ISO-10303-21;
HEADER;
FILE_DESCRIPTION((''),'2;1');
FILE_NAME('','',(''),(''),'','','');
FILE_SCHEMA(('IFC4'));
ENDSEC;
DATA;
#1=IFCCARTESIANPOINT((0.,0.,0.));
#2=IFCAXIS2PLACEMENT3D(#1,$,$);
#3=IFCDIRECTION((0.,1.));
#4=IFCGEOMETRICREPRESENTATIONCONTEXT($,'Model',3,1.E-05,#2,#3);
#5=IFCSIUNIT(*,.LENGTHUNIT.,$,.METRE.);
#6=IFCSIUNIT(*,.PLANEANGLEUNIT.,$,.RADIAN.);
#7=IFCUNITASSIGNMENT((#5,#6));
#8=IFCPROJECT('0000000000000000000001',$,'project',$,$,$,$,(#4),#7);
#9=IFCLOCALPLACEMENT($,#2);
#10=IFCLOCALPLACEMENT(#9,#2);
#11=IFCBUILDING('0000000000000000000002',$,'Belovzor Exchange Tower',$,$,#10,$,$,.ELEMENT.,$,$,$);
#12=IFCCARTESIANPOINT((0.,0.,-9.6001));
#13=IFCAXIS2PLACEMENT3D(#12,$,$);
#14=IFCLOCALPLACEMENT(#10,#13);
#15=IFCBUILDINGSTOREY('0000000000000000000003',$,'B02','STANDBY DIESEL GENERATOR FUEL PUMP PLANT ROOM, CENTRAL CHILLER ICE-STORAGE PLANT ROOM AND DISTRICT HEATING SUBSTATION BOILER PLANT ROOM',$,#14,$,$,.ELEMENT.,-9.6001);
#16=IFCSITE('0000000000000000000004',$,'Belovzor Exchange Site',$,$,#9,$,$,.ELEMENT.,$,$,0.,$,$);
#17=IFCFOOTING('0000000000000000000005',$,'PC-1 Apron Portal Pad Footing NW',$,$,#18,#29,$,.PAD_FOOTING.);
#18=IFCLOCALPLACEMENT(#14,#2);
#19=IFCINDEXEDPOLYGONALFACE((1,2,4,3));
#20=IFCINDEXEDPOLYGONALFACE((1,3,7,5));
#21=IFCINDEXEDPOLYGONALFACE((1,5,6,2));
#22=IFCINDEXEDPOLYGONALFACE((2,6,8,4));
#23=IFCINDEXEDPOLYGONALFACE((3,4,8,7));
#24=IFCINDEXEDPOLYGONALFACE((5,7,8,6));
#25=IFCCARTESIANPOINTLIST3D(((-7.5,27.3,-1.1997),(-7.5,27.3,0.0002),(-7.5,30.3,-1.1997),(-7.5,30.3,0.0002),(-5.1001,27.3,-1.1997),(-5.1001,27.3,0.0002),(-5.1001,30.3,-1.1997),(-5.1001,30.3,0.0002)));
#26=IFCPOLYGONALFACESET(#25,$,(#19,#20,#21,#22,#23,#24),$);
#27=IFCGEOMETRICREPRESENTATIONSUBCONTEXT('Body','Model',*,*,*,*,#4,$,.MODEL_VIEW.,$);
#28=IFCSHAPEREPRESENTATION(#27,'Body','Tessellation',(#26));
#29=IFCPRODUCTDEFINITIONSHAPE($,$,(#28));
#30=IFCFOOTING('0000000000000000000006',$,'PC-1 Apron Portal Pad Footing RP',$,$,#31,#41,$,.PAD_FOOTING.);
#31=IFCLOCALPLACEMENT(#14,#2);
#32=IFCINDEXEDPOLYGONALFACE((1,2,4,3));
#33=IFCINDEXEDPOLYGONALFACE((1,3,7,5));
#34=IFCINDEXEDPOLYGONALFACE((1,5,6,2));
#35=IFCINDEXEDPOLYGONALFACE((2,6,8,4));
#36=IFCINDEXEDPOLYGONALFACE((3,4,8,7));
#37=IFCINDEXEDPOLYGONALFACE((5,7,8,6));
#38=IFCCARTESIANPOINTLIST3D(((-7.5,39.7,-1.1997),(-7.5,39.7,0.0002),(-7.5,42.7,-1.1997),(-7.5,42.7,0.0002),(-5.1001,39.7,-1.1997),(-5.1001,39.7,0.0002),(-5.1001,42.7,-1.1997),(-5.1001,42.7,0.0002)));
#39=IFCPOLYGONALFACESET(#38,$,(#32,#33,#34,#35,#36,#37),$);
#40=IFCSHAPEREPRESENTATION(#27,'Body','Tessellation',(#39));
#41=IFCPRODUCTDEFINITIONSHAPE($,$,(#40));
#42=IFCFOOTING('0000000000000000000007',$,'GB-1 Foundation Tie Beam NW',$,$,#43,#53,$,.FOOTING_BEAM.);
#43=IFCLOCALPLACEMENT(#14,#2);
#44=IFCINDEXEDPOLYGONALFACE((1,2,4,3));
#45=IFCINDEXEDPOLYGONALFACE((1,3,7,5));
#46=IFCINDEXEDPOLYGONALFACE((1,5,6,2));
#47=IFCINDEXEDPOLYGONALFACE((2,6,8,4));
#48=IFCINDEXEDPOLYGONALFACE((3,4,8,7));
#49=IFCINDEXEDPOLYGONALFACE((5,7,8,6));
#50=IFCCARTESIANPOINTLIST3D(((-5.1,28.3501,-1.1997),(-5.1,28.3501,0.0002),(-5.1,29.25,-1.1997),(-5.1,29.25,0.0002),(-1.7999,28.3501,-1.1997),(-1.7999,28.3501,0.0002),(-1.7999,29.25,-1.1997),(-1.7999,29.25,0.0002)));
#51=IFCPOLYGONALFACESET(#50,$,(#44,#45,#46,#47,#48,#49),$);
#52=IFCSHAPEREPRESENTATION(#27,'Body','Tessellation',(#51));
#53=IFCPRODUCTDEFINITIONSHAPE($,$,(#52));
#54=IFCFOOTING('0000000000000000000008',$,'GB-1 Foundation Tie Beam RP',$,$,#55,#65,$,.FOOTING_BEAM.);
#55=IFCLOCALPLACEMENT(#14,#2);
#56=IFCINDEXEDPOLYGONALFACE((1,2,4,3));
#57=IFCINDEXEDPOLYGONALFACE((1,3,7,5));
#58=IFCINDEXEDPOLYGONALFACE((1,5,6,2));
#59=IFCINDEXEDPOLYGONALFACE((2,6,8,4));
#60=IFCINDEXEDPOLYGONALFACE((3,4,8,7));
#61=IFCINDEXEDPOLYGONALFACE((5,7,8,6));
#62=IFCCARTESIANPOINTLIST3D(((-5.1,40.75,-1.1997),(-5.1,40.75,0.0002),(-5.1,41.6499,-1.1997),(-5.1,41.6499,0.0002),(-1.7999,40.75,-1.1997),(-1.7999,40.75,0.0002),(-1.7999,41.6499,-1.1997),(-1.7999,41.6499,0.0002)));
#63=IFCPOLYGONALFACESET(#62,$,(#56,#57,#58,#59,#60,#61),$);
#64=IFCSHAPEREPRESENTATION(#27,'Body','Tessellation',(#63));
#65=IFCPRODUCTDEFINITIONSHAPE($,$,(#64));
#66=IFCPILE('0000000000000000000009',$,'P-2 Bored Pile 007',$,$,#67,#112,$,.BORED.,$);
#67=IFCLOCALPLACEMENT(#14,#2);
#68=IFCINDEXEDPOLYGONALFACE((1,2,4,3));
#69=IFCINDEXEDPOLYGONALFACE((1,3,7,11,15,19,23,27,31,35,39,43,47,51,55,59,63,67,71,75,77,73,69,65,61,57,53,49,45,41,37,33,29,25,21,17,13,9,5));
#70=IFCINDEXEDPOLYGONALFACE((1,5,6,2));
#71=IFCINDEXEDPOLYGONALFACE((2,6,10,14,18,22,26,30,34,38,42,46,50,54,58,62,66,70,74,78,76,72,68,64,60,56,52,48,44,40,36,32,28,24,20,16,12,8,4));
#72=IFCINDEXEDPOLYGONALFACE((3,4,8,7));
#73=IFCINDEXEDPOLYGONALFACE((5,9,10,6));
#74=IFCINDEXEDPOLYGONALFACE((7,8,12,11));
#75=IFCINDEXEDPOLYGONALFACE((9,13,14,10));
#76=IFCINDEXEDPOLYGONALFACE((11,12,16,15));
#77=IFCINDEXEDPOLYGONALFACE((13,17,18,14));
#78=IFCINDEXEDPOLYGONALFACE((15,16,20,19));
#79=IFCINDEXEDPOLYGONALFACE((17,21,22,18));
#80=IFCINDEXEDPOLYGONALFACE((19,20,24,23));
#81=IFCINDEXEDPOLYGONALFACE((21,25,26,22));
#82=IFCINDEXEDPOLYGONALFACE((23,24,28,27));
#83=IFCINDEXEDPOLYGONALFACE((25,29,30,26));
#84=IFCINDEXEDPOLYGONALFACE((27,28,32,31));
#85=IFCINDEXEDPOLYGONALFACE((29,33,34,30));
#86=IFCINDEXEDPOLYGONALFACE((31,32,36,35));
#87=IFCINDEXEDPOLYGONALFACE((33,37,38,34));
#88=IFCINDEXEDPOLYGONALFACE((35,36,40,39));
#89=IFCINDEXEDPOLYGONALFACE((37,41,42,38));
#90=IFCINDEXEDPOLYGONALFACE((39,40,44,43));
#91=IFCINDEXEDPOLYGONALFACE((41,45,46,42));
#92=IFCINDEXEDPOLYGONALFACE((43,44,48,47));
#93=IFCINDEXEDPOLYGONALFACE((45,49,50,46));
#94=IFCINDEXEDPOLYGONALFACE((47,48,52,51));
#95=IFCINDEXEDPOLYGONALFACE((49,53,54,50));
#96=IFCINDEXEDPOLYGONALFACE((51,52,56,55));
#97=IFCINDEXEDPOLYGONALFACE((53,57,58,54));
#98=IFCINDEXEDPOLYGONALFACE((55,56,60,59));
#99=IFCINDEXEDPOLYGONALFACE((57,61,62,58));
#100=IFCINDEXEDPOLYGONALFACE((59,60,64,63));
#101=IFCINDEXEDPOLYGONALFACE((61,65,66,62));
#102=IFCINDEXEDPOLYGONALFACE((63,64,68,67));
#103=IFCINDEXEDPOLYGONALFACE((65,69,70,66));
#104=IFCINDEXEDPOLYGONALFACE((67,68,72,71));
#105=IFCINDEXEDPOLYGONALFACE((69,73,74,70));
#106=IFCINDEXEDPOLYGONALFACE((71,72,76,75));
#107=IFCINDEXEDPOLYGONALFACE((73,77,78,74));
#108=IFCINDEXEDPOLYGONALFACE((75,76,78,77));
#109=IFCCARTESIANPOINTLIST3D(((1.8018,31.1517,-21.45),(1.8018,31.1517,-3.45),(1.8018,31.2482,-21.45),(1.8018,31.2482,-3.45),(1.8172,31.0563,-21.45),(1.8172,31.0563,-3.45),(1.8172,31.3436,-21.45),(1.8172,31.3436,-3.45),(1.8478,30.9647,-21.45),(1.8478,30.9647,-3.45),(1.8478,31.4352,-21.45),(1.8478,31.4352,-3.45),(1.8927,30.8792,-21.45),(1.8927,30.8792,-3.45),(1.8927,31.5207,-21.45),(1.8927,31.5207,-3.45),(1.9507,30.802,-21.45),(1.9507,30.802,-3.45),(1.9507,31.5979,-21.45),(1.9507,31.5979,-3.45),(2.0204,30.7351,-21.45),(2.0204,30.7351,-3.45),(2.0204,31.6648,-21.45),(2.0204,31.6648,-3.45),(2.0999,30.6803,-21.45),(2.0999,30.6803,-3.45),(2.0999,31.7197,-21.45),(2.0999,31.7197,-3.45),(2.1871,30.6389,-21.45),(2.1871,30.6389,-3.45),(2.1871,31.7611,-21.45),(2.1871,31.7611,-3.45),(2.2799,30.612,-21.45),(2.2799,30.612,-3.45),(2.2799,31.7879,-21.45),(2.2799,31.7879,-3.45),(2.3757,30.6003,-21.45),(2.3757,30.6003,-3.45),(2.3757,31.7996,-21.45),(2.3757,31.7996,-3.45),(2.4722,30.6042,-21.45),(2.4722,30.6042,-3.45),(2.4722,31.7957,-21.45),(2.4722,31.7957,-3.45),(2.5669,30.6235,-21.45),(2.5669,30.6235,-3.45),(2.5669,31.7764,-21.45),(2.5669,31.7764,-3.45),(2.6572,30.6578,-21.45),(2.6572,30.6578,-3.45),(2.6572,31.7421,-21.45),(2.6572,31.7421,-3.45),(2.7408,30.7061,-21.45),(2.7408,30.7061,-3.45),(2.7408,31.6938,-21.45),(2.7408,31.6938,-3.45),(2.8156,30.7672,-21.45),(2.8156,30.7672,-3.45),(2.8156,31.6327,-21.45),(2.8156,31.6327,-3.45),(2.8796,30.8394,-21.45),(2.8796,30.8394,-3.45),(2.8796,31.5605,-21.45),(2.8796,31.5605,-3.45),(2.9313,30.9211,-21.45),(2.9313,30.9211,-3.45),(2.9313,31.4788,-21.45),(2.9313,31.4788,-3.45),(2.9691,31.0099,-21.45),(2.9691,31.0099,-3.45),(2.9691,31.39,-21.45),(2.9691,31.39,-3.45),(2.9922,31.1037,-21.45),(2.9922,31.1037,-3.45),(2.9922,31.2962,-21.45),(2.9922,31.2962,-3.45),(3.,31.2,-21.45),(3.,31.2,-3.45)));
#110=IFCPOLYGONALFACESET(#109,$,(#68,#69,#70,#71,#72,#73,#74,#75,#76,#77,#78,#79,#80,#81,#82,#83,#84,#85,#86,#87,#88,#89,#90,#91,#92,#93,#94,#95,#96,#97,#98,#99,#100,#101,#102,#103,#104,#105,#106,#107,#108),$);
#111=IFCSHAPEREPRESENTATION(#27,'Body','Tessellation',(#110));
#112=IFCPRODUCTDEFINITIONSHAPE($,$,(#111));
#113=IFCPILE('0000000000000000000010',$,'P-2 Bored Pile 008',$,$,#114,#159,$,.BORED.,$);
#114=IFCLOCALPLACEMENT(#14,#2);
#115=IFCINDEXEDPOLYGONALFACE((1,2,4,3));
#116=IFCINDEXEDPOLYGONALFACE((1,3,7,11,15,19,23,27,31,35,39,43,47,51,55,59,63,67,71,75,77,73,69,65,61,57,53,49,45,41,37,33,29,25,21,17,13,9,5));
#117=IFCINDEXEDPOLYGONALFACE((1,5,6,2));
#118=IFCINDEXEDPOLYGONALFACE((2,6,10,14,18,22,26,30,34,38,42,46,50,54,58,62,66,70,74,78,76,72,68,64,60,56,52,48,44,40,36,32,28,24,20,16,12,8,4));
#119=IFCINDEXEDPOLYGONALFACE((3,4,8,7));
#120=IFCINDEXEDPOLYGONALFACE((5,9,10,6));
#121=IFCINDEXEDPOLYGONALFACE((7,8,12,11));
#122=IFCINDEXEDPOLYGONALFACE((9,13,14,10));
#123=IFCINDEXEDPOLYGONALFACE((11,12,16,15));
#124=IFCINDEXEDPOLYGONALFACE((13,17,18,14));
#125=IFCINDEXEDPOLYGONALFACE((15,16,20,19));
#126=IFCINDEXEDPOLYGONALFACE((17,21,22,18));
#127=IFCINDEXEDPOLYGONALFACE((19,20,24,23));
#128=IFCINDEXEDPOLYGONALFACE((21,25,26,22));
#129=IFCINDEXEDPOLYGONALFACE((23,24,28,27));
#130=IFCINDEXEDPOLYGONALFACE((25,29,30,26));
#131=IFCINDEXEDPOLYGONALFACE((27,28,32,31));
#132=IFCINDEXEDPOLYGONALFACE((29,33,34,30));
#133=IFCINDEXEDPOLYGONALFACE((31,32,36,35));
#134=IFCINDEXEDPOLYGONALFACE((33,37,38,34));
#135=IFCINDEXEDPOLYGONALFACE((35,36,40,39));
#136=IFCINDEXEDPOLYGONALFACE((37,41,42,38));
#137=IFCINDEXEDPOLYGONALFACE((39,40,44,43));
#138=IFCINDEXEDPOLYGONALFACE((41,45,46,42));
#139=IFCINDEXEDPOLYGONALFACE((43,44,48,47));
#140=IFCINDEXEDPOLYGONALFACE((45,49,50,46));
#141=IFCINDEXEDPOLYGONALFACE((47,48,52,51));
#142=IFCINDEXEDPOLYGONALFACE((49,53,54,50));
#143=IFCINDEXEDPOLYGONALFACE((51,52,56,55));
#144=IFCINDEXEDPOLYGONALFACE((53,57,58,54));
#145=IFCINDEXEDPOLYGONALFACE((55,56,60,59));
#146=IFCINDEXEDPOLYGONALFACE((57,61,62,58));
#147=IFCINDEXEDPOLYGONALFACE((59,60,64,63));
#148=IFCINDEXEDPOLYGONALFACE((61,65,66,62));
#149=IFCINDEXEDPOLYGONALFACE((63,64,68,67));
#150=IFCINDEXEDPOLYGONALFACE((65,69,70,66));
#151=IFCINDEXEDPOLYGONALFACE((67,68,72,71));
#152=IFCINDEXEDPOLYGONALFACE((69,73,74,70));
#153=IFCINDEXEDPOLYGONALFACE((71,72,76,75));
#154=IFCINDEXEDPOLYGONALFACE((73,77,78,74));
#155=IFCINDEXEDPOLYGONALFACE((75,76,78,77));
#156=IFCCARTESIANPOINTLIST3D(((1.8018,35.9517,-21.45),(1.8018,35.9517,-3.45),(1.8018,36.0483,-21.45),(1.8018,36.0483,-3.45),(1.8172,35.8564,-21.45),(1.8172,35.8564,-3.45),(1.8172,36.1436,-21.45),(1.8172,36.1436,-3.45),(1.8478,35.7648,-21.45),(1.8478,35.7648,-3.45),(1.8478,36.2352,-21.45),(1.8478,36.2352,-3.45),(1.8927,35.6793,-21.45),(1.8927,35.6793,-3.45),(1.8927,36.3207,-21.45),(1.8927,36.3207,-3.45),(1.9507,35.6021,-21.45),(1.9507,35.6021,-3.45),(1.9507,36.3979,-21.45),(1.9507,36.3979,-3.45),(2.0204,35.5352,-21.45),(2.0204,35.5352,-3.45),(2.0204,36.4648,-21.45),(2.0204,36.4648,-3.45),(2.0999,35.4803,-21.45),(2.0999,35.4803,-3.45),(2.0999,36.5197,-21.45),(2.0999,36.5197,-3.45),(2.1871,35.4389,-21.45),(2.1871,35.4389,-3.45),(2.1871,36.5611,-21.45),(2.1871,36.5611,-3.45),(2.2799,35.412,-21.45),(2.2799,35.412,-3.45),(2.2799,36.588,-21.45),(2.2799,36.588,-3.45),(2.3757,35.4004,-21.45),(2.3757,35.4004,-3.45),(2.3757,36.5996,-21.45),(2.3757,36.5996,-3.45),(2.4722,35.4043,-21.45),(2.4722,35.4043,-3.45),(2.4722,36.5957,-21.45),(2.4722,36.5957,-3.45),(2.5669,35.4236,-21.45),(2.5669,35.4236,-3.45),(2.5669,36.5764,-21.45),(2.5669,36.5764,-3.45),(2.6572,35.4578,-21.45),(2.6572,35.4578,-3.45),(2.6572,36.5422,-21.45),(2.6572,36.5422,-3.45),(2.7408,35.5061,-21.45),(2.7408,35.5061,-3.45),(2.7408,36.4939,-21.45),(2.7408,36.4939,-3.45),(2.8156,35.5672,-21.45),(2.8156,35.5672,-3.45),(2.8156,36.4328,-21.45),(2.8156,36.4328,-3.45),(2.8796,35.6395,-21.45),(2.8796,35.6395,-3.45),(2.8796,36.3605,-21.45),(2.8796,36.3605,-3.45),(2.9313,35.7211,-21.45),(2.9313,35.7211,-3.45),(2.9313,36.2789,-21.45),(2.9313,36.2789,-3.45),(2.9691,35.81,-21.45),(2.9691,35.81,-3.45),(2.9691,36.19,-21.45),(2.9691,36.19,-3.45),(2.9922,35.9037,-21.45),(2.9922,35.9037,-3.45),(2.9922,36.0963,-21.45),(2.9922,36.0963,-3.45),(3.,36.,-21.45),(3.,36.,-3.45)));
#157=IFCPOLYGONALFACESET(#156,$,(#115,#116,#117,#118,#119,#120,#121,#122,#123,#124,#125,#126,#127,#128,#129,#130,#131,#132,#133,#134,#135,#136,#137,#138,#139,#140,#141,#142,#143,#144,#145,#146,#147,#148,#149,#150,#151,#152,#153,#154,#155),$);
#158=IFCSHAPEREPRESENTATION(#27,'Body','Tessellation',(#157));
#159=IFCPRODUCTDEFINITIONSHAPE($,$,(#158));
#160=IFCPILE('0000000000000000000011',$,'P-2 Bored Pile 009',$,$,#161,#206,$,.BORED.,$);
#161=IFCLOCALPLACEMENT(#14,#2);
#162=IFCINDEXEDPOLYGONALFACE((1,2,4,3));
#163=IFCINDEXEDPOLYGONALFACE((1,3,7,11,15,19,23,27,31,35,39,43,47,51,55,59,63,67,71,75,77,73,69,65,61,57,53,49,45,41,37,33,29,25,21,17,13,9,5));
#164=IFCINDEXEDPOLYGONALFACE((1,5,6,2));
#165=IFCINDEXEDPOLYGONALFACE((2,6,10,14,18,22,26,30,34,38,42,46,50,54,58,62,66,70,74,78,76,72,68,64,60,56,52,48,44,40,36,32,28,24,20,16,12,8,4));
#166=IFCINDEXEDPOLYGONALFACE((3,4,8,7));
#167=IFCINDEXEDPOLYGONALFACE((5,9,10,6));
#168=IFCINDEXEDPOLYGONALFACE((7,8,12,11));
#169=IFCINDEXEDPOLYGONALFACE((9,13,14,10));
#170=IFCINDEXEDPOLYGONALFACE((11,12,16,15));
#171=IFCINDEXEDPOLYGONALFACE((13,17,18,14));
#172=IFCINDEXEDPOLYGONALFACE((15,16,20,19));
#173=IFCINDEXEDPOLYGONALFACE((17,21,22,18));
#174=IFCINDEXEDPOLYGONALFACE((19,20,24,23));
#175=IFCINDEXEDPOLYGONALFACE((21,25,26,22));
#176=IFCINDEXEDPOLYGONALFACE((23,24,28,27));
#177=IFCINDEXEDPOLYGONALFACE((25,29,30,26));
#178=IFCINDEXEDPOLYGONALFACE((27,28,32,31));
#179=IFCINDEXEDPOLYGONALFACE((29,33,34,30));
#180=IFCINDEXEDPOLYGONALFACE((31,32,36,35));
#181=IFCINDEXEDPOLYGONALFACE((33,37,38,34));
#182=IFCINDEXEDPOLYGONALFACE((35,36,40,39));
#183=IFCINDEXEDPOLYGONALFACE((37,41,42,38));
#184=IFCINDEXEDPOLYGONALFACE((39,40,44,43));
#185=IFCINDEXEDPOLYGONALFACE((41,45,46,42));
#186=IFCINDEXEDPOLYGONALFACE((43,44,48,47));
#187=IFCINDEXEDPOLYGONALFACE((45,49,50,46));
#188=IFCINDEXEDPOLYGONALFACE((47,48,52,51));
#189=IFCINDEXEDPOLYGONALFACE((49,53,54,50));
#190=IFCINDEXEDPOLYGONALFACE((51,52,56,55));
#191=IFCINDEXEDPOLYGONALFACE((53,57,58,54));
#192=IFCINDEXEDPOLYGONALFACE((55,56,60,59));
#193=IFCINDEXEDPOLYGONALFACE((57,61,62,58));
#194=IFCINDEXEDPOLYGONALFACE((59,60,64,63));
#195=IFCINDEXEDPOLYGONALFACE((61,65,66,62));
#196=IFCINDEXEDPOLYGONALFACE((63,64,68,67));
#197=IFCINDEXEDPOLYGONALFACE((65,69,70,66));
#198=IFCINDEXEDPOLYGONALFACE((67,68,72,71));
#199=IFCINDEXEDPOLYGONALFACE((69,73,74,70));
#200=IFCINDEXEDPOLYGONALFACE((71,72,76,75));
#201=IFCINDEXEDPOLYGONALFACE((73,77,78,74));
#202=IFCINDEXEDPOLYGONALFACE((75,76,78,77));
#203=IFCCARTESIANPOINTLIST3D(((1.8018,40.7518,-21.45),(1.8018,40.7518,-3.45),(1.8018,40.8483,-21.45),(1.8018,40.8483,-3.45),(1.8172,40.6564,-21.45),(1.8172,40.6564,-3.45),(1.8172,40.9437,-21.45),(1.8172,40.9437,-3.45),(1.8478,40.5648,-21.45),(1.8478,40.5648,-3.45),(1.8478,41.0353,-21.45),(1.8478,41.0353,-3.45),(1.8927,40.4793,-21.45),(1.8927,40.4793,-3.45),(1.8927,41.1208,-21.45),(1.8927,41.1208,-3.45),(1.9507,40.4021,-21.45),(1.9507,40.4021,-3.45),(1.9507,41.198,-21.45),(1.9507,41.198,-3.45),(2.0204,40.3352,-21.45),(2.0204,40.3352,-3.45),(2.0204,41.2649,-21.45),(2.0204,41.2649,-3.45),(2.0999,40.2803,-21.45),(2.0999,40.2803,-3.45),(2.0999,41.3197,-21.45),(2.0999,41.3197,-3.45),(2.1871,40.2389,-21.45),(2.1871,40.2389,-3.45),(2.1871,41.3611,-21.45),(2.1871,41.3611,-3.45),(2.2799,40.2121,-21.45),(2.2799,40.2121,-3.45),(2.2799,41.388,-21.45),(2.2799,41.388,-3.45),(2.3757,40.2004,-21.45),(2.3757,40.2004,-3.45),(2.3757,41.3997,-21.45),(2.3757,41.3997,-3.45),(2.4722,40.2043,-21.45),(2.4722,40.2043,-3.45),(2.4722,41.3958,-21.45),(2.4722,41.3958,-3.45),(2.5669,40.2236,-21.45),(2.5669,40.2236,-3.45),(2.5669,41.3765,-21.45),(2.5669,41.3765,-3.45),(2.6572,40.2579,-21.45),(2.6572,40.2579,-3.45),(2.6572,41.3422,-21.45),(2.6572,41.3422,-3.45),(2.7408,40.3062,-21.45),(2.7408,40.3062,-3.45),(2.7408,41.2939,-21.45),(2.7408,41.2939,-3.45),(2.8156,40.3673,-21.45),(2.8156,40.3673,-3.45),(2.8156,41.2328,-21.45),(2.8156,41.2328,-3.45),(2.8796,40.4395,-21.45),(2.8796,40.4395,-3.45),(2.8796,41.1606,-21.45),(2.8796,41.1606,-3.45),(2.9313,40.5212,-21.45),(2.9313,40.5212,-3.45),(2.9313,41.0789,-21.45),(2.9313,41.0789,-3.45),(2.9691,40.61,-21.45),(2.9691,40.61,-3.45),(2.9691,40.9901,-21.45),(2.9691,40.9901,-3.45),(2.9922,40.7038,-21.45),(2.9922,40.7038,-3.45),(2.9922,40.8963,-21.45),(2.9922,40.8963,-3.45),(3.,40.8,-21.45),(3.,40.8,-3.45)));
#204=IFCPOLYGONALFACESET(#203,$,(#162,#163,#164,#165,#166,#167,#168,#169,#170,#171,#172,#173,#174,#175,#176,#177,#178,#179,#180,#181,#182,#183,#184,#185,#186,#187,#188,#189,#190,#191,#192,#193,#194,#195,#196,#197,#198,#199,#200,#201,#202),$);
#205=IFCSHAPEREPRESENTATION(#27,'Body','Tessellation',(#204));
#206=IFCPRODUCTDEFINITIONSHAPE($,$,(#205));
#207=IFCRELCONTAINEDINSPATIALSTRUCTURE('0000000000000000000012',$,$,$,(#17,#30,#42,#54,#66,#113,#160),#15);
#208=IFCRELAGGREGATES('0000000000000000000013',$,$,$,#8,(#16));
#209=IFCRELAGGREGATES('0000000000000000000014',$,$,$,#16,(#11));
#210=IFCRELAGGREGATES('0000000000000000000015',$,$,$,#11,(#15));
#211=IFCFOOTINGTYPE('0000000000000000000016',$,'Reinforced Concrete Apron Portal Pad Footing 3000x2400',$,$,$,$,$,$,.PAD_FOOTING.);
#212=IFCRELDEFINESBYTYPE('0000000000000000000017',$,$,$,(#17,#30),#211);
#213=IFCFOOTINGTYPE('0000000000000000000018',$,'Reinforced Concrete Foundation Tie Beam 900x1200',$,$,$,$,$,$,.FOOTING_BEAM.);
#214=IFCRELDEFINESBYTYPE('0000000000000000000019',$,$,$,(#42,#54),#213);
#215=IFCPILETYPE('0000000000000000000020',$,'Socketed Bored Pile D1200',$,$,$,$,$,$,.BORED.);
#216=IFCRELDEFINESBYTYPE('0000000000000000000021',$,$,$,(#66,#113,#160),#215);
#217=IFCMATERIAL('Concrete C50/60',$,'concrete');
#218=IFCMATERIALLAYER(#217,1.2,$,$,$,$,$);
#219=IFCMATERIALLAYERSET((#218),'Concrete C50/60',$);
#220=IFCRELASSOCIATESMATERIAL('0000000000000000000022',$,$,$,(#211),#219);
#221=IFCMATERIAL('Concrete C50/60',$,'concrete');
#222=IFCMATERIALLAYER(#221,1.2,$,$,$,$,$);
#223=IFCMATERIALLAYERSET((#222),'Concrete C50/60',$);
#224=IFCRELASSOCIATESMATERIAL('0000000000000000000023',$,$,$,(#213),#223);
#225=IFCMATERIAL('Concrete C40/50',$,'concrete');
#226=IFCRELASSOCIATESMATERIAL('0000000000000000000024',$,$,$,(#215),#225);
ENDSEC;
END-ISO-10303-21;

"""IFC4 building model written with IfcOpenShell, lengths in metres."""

from ifc_helpers import new_model, si_unit, direction, frame, origin, origin_2d, place, context, subcontext, project, spatial, rectangle, circle, extrude, material, layer, layer_set, material_profile, profile_set, type_object, element, save


model = new_model("IFC4")

# Units and contexts
model_context = context("Model", 3, precision=1e-05, world=origin(), true_north=direction((0.0, 1.0)))
body_context = subcontext(model_context, "Body", "Model", "MODEL_VIEW")
ifc_project = project(units=[si_unit("LENGTHUNIT", "METRE"), si_unit("PLANEANGLEUNIT", "RADIAN")], contexts=[model_context])

# Site, building, storey
site_placement = place(None, origin())
site = spatial("IfcSite", under=ifc_project, at=site_placement, Name="Belovzor Exchange Site", CompositionType="ELEMENT", RefElevation=0.0)
building_placement = place(site_placement, origin())
building = spatial("IfcBuilding", under=site, at=building_placement, Name="Belovzor Exchange Tower", CompositionType="ELEMENT")
storey_placement = place(building_placement, frame((0.0, 0.0, -9.6001)))
storey = spatial("IfcBuildingStorey", under=building, at=storey_placement, Name="B02", Description="STANDBY DIESEL GENERATOR FUEL PUMP PLANT ROOM, CENTRAL CHILLER ICE-STORAGE PLANT ROOM AND DISTRICT HEATING SUBSTATION BOILER PLANT ROOM", CompositionType="ELEMENT", Elevation=-9.6001)

# Footings
ifc_material_1 = material(Name="Concrete C50/60", Category="concrete")
ifc_layer_1 = layer(ifc_material_1, 1.2)
ifc_layer_set_1 = layer_set([ifc_layer_1], Name="Concrete C50/60")
footing_type_1 = type_object("IfcFootingType", Name="Reinforced Concrete Apron Portal Pad Footing 3000x2400", PredefinedType="PAD_FOOTING", material=ifc_layer_set_1)
for number, where, z_axis, x_axis, name in (
    (1, (-6.3, 28.8, -1.1997), (0.0, 0.0, 1.0), (1.0, 0.0, 0.0), "PC-1 Apron Portal Pad Footing NW"),
    (2, (-6.3, 41.2, -1.1997), (0.0, 0.0, 1.0), (1.0, 0.0, 0.0), "PC-1 Apron Portal Pad Footing RP"),
):
    element("IfcFooting", number, at=place(storey_placement, frame(where, z_axis=z_axis, x_axis=x_axis)), inside=storey, type_object=footing_type_1, Name=name, PredefinedType="PAD_FOOTING", context=body_context, shape_type="SweptSolid", body=[
        extrude(rectangle(XDim=2.3999, YDim=3.0, at=origin_2d()), origin(), (0.0, 0.0, 1.0), 1.2),
    ])
ifc_material_2 = material(Name="Concrete C50/60", Category="concrete")
ifc_layer_2 = layer(ifc_material_2, 1.2)
ifc_layer_set_2 = layer_set([ifc_layer_2], Name="Concrete C50/60")
footing_type_2 = type_object("IfcFootingType", Name="Reinforced Concrete Foundation Tie Beam 900x1200", PredefinedType="FOOTING_BEAM", material=ifc_layer_set_2)
for number, where, z_axis, x_axis, name in (
    (3, (-3.45, 28.8, -1.1997), (0.0, 0.0, 1.0), (1.0, 0.0, 0.0), "GB-1 Foundation Tie Beam NW"),
    (4, (-3.45, 41.2, -1.1997), (0.0, 0.0, 1.0), (1.0, 0.0, 0.0), "GB-1 Foundation Tie Beam RP"),
):
    element("IfcFooting", number, at=place(storey_placement, frame(where, z_axis=z_axis, x_axis=x_axis)), inside=storey, type_object=footing_type_2, Name=name, PredefinedType="FOOTING_BEAM", context=body_context, shape_type="SweptSolid", body=[
        extrude(rectangle(XDim=3.3, YDim=0.8999, at=origin_2d()), origin(), (0.0, 0.0, 1.0), 1.2),
    ])

# Piles
ifc_material_3 = material(Name="Concrete C40/50", Category="concrete")
ifc_material_profile_1 = material_profile(ifc_material_3, circle(Radius=0.6001, at=origin_2d()))
ifc_profile_set_1 = profile_set([ifc_material_profile_1], Name="Concrete C40/50")
pile_type_1 = type_object("IfcPileType", Name="Socketed Bored Pile D1200", PredefinedType="BORED", material=ifc_profile_set_1)
for number, where, z_axis, x_axis, name in (
    (5, (2.3999, 31.2, -3.45), (0.0, 0.0, -1.0), (1.0, 0.0, 0.0), "P-2 Bored Pile 007"),
    (6, (2.3999, 36.0, -3.45), (0.0, 0.0, -1.0), (1.0, 0.0, 0.0), "P-2 Bored Pile 008"),
    (7, (2.3999, 40.8, -3.45), (0.0, 0.0, -1.0), (1.0, 0.0, 0.0), "P-2 Bored Pile 009"),
):
    element("IfcPile", number, at=place(storey_placement, frame(where, z_axis=z_axis, x_axis=x_axis)), inside=storey, type_object=pile_type_1, Name=name, PredefinedType="BORED", context=body_context, shape_type="SweptSolid", body=[
        extrude(circle(Radius=0.6001, at=origin_2d()), origin(), (0.0, 0.0, 1.0), 18.0),
    ])

save(model, "model.ifc")
